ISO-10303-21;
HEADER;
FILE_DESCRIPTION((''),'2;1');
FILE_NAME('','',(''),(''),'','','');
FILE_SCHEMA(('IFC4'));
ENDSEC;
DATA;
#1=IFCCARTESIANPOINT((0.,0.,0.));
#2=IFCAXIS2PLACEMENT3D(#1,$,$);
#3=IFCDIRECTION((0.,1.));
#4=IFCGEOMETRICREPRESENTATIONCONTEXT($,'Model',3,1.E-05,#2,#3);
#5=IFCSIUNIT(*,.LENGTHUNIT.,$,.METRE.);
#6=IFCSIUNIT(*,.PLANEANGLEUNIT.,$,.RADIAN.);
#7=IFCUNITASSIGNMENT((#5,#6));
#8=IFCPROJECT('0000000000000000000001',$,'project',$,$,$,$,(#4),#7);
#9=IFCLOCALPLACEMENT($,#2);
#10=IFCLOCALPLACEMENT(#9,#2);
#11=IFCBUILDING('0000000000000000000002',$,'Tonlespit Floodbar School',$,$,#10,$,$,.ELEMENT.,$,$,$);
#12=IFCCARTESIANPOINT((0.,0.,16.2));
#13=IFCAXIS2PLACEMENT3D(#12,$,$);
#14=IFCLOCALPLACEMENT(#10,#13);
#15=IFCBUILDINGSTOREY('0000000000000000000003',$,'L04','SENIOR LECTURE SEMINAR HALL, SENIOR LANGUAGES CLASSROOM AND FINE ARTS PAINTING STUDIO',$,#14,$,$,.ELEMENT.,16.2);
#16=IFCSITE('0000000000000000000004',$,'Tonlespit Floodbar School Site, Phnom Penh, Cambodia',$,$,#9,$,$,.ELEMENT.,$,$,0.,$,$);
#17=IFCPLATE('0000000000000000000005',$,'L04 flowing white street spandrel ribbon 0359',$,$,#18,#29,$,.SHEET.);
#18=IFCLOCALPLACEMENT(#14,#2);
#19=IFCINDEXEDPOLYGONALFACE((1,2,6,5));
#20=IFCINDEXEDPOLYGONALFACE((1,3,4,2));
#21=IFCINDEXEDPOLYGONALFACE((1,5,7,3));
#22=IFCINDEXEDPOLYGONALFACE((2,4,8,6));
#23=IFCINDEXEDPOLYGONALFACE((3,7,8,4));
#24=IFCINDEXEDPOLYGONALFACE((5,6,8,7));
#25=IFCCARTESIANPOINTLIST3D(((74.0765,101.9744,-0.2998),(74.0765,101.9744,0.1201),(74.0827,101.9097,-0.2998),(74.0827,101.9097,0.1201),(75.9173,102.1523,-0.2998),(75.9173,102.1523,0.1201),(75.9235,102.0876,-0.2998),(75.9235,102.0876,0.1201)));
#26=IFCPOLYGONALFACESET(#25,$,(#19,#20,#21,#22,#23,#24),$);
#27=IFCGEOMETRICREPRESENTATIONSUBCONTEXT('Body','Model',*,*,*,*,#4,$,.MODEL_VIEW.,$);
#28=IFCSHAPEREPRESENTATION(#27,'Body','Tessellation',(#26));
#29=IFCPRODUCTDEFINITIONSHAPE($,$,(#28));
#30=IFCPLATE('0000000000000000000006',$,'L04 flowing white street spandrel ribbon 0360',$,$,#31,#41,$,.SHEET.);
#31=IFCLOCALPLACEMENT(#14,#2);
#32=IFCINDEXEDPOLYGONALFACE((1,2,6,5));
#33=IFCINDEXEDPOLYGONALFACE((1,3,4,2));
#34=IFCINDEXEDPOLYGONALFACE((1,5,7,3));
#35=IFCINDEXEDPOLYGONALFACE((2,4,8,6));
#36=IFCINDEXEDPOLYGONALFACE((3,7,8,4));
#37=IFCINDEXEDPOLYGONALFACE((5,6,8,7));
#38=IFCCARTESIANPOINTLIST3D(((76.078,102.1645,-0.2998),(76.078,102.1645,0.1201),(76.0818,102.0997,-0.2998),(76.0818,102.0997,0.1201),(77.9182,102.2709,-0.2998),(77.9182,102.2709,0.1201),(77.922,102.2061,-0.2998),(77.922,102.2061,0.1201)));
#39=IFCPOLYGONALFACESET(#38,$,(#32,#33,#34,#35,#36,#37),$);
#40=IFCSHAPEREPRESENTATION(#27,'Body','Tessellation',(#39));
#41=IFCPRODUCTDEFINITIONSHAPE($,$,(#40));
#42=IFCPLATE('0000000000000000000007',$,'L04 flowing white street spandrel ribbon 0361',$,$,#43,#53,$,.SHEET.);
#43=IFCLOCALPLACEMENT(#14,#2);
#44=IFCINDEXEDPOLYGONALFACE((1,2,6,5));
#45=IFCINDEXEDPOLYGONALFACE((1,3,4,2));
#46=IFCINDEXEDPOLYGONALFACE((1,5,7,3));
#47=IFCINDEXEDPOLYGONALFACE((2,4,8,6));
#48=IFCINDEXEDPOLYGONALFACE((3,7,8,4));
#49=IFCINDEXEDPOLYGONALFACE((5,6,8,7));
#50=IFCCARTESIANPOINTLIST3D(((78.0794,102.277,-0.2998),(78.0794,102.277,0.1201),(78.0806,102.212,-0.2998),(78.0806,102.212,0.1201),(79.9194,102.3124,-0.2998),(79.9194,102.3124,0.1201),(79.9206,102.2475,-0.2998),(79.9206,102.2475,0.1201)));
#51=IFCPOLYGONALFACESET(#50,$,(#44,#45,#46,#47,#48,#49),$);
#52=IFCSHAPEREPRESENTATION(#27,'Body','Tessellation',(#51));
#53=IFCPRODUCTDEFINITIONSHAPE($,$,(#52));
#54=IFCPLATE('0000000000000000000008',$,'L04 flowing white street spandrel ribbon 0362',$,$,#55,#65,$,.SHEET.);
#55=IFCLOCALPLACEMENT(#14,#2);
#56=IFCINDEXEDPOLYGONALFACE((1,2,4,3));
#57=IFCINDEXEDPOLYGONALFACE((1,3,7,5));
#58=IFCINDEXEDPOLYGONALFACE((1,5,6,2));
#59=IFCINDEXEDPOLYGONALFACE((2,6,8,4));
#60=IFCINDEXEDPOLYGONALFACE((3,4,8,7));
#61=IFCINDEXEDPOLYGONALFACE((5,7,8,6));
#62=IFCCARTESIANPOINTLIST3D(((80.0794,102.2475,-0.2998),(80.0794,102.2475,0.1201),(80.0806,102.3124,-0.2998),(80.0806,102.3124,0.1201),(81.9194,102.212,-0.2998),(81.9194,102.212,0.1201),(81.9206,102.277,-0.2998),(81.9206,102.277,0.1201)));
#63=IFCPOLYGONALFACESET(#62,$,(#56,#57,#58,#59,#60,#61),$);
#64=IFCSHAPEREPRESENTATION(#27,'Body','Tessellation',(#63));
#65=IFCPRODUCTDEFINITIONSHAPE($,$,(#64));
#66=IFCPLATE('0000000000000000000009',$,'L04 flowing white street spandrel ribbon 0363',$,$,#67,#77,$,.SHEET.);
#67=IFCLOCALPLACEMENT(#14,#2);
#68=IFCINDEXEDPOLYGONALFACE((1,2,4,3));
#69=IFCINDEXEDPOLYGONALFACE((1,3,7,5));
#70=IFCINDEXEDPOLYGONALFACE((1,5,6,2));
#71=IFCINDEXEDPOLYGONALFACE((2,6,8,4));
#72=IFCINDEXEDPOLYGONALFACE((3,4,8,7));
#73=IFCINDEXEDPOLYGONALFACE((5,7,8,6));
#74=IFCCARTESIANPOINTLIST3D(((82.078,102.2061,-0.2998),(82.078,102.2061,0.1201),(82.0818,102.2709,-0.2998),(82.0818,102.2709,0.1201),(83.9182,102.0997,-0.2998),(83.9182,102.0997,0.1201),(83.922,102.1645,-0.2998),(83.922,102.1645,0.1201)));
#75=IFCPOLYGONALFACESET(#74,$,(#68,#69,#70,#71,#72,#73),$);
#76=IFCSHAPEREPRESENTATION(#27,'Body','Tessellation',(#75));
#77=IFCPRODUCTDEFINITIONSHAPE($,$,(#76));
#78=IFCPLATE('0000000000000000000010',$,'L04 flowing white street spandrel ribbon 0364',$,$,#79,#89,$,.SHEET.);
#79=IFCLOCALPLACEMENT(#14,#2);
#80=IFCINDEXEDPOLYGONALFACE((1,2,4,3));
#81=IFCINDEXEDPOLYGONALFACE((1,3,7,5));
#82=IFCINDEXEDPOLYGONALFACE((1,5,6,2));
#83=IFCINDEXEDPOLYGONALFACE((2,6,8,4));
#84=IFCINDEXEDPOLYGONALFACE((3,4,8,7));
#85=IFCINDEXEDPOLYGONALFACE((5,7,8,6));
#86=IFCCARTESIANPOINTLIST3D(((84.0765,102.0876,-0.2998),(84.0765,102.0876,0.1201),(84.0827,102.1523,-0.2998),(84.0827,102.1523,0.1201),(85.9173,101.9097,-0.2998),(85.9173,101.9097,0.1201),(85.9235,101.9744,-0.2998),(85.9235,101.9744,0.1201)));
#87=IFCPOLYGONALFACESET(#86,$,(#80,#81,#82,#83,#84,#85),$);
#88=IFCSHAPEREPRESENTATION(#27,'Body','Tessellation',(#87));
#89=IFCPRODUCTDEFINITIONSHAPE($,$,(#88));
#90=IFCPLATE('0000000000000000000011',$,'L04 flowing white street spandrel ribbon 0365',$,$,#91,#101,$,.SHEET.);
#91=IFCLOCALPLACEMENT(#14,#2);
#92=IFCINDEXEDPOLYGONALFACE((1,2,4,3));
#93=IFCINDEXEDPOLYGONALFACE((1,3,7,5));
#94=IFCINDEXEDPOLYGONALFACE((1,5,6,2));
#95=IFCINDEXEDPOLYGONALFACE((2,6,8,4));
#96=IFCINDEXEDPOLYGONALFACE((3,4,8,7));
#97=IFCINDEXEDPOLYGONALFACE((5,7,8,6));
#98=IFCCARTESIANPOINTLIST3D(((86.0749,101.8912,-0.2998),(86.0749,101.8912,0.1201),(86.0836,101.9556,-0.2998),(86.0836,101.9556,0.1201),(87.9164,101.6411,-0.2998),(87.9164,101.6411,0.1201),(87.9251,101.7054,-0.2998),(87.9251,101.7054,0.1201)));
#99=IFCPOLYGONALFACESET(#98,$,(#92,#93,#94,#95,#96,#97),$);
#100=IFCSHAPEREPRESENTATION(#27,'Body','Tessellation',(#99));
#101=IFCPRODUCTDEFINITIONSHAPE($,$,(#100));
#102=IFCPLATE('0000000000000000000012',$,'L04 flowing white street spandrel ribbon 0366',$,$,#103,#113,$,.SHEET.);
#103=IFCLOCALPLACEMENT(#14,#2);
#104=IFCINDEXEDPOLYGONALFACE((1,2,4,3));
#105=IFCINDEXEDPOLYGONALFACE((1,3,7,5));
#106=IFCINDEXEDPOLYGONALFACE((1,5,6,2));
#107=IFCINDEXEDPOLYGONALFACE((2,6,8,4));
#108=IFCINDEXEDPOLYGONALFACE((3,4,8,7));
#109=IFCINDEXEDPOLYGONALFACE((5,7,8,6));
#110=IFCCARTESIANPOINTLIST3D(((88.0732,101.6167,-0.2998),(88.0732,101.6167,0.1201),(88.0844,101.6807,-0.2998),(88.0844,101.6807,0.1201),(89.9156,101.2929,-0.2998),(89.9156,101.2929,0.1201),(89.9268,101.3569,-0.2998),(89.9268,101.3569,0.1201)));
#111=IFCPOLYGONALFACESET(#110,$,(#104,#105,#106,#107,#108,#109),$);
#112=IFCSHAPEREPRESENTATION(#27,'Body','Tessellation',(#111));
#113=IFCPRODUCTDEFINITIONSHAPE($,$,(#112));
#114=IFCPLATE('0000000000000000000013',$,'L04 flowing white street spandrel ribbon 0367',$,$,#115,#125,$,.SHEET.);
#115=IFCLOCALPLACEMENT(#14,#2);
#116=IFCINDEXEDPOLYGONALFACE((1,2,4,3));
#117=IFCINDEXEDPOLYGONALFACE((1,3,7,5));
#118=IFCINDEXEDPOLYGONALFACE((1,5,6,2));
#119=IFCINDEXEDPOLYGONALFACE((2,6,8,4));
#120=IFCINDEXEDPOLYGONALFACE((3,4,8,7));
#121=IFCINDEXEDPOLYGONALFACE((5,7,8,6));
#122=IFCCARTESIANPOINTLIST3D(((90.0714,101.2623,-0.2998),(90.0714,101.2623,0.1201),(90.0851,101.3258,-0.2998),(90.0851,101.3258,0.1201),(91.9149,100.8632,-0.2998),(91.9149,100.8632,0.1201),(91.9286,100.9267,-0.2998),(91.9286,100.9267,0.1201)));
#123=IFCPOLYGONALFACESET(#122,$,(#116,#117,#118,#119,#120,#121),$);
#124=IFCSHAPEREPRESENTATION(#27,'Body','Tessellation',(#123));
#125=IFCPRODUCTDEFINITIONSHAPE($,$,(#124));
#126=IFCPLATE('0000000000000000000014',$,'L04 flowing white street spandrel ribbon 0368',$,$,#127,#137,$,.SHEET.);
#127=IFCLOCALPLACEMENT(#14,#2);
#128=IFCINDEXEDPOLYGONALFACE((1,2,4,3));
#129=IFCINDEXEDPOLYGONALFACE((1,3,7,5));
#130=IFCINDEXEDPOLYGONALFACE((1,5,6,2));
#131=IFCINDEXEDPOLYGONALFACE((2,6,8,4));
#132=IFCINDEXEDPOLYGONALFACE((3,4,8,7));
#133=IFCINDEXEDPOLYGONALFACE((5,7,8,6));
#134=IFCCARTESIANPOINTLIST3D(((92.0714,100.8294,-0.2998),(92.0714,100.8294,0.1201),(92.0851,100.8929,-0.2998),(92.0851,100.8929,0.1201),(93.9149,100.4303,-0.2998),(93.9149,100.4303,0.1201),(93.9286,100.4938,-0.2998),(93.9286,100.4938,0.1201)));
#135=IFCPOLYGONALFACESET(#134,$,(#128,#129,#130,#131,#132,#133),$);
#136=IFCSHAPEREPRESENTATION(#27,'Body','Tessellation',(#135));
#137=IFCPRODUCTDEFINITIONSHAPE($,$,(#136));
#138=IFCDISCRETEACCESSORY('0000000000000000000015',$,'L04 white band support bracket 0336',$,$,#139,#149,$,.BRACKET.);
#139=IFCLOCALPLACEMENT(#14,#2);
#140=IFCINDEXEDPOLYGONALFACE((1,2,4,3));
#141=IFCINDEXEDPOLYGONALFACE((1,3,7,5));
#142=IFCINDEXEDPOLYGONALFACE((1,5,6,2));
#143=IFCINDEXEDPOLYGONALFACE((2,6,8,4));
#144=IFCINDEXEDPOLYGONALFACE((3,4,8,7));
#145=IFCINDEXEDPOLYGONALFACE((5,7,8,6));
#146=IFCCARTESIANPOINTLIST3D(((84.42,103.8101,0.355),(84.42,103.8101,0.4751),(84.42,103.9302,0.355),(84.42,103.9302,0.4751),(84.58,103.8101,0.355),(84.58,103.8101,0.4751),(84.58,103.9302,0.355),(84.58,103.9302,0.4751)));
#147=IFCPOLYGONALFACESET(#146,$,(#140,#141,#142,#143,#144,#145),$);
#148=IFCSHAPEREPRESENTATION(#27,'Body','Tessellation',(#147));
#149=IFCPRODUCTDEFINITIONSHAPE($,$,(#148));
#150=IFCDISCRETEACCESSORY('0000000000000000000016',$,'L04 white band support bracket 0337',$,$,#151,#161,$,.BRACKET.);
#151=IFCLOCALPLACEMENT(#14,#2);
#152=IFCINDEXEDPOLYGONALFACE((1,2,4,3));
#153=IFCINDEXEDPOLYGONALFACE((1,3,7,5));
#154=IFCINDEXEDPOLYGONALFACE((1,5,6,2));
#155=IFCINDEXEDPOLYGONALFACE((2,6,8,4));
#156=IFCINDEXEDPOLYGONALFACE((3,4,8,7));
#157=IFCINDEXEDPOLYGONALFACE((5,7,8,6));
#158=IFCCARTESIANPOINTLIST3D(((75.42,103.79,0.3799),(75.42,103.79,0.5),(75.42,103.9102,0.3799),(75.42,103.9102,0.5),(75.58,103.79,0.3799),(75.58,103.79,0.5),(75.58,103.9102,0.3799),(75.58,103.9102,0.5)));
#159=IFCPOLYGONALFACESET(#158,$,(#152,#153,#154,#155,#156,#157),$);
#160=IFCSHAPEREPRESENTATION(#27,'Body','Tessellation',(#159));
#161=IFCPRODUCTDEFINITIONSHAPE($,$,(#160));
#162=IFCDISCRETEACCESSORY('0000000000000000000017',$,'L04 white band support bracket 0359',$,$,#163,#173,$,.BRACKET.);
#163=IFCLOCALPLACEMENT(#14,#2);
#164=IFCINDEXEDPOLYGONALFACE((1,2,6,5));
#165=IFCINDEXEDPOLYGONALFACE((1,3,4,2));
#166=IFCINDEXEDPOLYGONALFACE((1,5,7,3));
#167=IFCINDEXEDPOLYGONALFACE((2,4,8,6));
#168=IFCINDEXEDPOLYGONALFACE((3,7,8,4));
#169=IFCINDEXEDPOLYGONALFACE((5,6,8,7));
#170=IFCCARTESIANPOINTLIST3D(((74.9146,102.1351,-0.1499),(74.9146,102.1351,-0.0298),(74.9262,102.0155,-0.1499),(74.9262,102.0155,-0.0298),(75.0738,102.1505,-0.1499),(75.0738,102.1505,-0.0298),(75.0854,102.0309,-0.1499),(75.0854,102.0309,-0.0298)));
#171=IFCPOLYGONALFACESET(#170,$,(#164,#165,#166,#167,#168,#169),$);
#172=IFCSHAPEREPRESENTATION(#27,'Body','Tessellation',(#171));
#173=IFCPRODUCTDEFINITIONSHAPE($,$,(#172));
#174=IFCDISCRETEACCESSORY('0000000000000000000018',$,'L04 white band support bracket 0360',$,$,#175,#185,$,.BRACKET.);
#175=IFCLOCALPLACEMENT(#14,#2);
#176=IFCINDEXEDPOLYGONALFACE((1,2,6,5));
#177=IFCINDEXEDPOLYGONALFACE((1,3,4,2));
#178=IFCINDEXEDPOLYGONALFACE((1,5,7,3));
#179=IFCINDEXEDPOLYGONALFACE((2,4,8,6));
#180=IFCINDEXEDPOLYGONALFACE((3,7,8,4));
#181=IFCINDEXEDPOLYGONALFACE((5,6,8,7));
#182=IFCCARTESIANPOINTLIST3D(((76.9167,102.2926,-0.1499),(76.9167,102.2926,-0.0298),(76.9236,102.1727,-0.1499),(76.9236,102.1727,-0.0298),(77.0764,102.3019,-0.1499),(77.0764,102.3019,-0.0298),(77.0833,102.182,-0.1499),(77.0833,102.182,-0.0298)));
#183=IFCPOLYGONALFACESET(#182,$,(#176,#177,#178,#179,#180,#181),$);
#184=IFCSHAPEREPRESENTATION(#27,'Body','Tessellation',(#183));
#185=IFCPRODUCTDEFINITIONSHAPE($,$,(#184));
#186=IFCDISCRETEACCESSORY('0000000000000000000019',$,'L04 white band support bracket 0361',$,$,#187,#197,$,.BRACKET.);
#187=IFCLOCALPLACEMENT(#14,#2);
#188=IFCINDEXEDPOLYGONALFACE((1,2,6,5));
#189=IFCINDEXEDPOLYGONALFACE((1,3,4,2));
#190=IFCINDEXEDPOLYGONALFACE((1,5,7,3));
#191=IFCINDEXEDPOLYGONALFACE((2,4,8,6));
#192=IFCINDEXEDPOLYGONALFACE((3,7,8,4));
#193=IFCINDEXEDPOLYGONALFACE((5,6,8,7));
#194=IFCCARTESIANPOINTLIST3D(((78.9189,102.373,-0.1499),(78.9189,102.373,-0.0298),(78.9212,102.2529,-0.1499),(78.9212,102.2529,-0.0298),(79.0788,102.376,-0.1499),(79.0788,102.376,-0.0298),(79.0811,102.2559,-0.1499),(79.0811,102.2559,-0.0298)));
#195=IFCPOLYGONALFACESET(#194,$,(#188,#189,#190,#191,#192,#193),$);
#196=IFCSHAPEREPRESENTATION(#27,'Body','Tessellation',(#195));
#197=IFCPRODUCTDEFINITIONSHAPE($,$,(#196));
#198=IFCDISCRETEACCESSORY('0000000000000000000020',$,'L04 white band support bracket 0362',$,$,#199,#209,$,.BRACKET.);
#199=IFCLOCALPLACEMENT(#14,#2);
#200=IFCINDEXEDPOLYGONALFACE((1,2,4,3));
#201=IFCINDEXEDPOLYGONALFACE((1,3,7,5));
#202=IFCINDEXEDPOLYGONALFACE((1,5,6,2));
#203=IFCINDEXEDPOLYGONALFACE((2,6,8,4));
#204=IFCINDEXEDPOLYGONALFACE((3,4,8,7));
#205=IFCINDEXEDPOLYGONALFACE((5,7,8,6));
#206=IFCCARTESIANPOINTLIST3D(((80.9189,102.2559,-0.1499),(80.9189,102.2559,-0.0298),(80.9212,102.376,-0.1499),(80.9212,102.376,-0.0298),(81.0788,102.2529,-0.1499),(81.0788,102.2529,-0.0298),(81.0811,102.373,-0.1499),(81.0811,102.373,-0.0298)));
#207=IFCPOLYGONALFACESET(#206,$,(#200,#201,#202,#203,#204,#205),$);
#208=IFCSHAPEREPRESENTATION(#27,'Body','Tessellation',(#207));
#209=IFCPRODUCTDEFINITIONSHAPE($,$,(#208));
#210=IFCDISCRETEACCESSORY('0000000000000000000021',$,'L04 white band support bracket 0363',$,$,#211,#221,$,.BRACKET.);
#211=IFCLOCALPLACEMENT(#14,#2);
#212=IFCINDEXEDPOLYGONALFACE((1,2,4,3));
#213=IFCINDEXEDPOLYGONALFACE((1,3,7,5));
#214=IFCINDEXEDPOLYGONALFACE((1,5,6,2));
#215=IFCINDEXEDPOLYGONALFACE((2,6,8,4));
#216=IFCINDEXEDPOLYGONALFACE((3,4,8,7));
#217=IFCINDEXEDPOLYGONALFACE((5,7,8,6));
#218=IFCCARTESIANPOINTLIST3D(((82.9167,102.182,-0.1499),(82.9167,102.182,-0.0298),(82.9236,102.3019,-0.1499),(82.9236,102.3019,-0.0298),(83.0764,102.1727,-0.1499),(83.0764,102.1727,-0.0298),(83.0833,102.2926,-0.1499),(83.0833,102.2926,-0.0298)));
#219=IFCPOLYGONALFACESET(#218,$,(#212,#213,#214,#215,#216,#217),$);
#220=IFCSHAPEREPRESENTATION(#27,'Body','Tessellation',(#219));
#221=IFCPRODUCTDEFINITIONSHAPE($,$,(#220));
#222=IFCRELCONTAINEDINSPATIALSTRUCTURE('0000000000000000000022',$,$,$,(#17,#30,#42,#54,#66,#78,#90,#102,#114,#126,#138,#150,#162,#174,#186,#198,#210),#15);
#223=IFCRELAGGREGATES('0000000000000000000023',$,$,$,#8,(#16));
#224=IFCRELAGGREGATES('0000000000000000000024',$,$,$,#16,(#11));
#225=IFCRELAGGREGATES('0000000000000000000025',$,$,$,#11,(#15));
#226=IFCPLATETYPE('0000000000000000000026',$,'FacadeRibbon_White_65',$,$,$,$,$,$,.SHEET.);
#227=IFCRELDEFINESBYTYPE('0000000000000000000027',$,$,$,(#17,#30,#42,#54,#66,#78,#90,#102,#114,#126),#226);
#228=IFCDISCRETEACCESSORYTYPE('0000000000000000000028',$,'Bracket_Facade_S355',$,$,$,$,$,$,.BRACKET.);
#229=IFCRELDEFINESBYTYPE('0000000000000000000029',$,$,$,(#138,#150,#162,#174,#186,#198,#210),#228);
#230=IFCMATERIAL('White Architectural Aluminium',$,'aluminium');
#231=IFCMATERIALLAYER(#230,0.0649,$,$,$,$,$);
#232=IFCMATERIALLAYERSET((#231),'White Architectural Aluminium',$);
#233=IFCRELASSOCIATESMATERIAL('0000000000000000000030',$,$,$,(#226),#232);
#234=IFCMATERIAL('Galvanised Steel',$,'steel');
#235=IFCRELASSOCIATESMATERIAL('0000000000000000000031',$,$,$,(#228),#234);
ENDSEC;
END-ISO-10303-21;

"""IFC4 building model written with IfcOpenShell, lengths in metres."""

from ifc_helpers import new_model, si_unit, direction, frame, origin, origin_2d, place, context, subcontext, project, spatial, rectangle, extrude, material, layer, layer_set, type_object, element, save


model = new_model("IFC4")

# Units and contexts
model_context = context("Model", 3, precision=1e-05, world=origin(), true_north=direction((0.0, 1.0)))
body_context = subcontext(model_context, "Body", "Model", "MODEL_VIEW")
ifc_project = project(units=[si_unit("LENGTHUNIT", "METRE"), si_unit("PLANEANGLEUNIT", "RADIAN")], contexts=[model_context])

# Site, building, storey
site_placement = place(None, origin())
site = spatial("IfcSite", under=ifc_project, at=site_placement, Name="Tonlespit Floodbar School Site, Phnom Penh, Cambodia", CompositionType="ELEMENT", RefElevation=0.0)
building_placement = place(site_placement, origin())
building = spatial("IfcBuilding", under=site, at=building_placement, Name="Tonlespit Floodbar School", CompositionType="ELEMENT")
storey_placement = place(building_placement, frame((0.0, 0.0, 16.2)))
storey = spatial("IfcBuildingStorey", under=building, at=storey_placement, Name="L04", Description="SENIOR LECTURE SEMINAR HALL, SENIOR LANGUAGES CLASSROOM AND FINE ARTS PAINTING STUDIO", CompositionType="ELEMENT", Elevation=16.2)

# Plates
ifc_material_1 = material(Name="White Architectural Aluminium", Category="aluminium")
ifc_layer = layer(ifc_material_1, 0.0649)
ifc_layer_set = layer_set([ifc_layer], Name="White Architectural Aluminium")
plate_type = type_object("IfcPlateType", Name="FacadeRibbon_White_65", PredefinedType="SHEET", material=ifc_layer_set)
plate_1_placement = place(storey_placement, frame((75.0, 102.031, -0.2998), z_axis=(0.0, 0.0, 1.0), x_axis=(0.995362, 0.096202, 0.0)))
element("IfcPlate", 1, at=plate_1_placement, inside=storey, type_object=plate_type, Name="L04 flowing white street spandrel ribbon 0359", PredefinedType="SHEET", context=body_context, shape_type="SweptSolid", body=[
    extrude(rectangle(XDim=1.8494, YDim=0.0649, at=origin_2d()), origin(), (0.0, 0.0, 1.0), 0.4199),
])
plate_2_placement = place(storey_placement, frame((77.0, 102.1853, -0.2998), z_axis=(0.0, 0.0, 1.0), x_axis=(0.998334, 0.057703, 0.0)))
element("IfcPlate", 2, at=plate_2_placement, inside=storey, type_object=plate_type, Name="L04 flowing white street spandrel ribbon 0360", PredefinedType="SHEET", context=body_context, shape_type="SweptSolid", body=[
    extrude(rectangle(XDim=1.8433, YDim=0.0649, at=origin_2d()), origin(), (0.0, 0.0, 1.0), 0.4199),
])
for number, where, z_axis, x_axis, name in (
    (3, (79.0, 102.2622, -0.2998), (0.0, 0.0, 1.0), (0.999815, 0.019246, 0.0), "L04 flowing white street spandrel ribbon 0361"),
    (4, (81.0, 102.2622, -0.2998), (0.0, 0.0, 1.0), (0.999815, -0.019246, 0.0), "L04 flowing white street spandrel ribbon 0362"),
):
    element("IfcPlate", number, at=place(storey_placement, frame(where, z_axis=z_axis, x_axis=x_axis)), inside=storey, type_object=plate_type, Name=name, PredefinedType="SHEET", context=body_context, shape_type="SweptSolid", body=[
        extrude(rectangle(XDim=1.8403, YDim=0.0649, at=origin_2d()), origin(), (0.0, 0.0, 1.0), 0.4199),
    ])
plate_3_placement = place(storey_placement, frame((83.0, 102.1853, -0.2998), z_axis=(0.0, 0.0, 1.0), x_axis=(0.998334, -0.057703, 0.0)))
element("IfcPlate", 5, at=plate_3_placement, inside=storey, type_object=plate_type, Name="L04 flowing white street spandrel ribbon 0363", PredefinedType="SHEET", context=body_context, shape_type="SweptSolid", body=[
    extrude(rectangle(XDim=1.8433, YDim=0.0649, at=origin_2d()), origin(), (0.0, 0.0, 1.0), 0.4199),
])
plate_4_placement = place(storey_placement, frame((85.0, 102.031, -0.2998), z_axis=(0.0, 0.0, 1.0), x_axis=(0.995362, -0.096202, 0.0)))
element("IfcPlate", 6, at=plate_4_placement, inside=storey, type_object=plate_type, Name="L04 flowing white street spandrel ribbon 0364", PredefinedType="SHEET", context=body_context, shape_type="SweptSolid", body=[
    extrude(rectangle(XDim=1.8494, YDim=0.0649, at=origin_2d()), origin(), (0.0, 0.0, 1.0), 0.4199),
])
plate_5_placement = place(storey_placement, frame((87.0, 101.7983, -0.2998), z_axis=(0.0, 0.0, 1.0), x_axis=(0.990898, -0.134614, 0.0)))
element("IfcPlate", 7, at=plate_5_placement, inside=storey, type_object=plate_type, Name="L04 flowing white street spandrel ribbon 0365", PredefinedType="SHEET", context=body_context, shape_type="SweptSolid", body=[
    extrude(rectangle(XDim=1.8584, YDim=0.0649, at=origin_2d()), origin(), (0.0, 0.0, 1.0), 0.4199),
])
plate_6_placement = place(storey_placement, frame((89.0, 101.4868, -0.2998), z_axis=(0.0, 0.0, 1.0), x_axis=(0.984905, -0.173096, 0.0)))
element("IfcPlate", 8, at=plate_6_placement, inside=storey, type_object=plate_type, Name="L04 flowing white street spandrel ribbon 0366", PredefinedType="SHEET", context=body_context, shape_type="SweptSolid", body=[
    extrude(rectangle(XDim=1.8706, YDim=0.0649, at=origin_2d()), origin(), (0.0, 0.0, 1.0), 0.4199),
])
for number, where, z_axis, x_axis, name in (
    (9, (91.0, 101.0945, -0.2998), (0.0, 0.0, 1.0), (0.977357, -0.211598, 0.0), "L04 flowing white street spandrel ribbon 0367"),
    (10, (93.0, 100.6616, -0.2998), (0.0, 0.0, 1.0), (0.977357, -0.211598, 0.0), "L04 flowing white street spandrel ribbon 0368"),
):
    element("IfcPlate", number, at=place(storey_placement, frame(where, z_axis=z_axis, x_axis=x_axis)), inside=storey, type_object=plate_type, Name=name, PredefinedType="SHEET", context=body_context, shape_type="SweptSolid", body=[
        extrude(rectangle(XDim=1.8862, YDim=0.0649, at=origin_2d()), origin(), (0.0, 0.0, 1.0), 0.4199),
    ])

# Discrete accessories
ifc_material_2 = material(Name="Galvanised Steel", Category="steel")
discrete_accessory_type = type_object("IfcDiscreteAccessoryType", Name="Bracket_Facade_S355", PredefinedType="BRACKET", material=ifc_material_2)
for number, where, z_axis, x_axis, name in (
    (11, (84.5, 103.8701, 0.355), (0.0, 0.0, 1.0), (-1.0, 0.0, 0.0), "L04 white band support bracket 0336"),
    (12, (75.5, 103.8501, 0.3799), (0.0, 0.0, 1.0), (-1.0, 0.0, 0.0), "L04 white band support bracket 0337"),
    (13, (75.0, 102.083, -0.1499), (0.0, 0.0, 1.0), (0.995362, 0.096202, 0.0), "L04 white band support bracket 0359"),
    (14, (77.0, 102.2373, -0.1499), (0.0, 0.0, 1.0), (0.998334, 0.057703, 0.0), "L04 white band support bracket 0360"),
    (15, (79.0, 102.3145, -0.1499), (0.0, 0.0, 1.0), (0.999815, 0.019246, 0.0), "L04 white band support bracket 0361"),
    (16, (81.0, 102.3145, -0.1499), (0.0, 0.0, 1.0), (0.999815, -0.019246, 0.0), "L04 white band support bracket 0362"),
    (17, (83.0, 102.2373, -0.1499), (0.0, 0.0, 1.0), (0.998334, -0.057703, 0.0), "L04 white band support bracket 0363"),
):
    element("IfcDiscreteAccessory", number, at=place(storey_placement, frame(where, z_axis=z_axis, x_axis=x_axis)), inside=storey, type_object=discrete_accessory_type, Name=name, PredefinedType="BRACKET", context=body_context, shape_type="SweptSolid", body=[
        extrude(rectangle(XDim=0.1599, YDim=0.1201, at=origin_2d()), origin(), (0.0, 0.0, 1.0), 0.1201),
    ])

save(model, "model.ifc")
